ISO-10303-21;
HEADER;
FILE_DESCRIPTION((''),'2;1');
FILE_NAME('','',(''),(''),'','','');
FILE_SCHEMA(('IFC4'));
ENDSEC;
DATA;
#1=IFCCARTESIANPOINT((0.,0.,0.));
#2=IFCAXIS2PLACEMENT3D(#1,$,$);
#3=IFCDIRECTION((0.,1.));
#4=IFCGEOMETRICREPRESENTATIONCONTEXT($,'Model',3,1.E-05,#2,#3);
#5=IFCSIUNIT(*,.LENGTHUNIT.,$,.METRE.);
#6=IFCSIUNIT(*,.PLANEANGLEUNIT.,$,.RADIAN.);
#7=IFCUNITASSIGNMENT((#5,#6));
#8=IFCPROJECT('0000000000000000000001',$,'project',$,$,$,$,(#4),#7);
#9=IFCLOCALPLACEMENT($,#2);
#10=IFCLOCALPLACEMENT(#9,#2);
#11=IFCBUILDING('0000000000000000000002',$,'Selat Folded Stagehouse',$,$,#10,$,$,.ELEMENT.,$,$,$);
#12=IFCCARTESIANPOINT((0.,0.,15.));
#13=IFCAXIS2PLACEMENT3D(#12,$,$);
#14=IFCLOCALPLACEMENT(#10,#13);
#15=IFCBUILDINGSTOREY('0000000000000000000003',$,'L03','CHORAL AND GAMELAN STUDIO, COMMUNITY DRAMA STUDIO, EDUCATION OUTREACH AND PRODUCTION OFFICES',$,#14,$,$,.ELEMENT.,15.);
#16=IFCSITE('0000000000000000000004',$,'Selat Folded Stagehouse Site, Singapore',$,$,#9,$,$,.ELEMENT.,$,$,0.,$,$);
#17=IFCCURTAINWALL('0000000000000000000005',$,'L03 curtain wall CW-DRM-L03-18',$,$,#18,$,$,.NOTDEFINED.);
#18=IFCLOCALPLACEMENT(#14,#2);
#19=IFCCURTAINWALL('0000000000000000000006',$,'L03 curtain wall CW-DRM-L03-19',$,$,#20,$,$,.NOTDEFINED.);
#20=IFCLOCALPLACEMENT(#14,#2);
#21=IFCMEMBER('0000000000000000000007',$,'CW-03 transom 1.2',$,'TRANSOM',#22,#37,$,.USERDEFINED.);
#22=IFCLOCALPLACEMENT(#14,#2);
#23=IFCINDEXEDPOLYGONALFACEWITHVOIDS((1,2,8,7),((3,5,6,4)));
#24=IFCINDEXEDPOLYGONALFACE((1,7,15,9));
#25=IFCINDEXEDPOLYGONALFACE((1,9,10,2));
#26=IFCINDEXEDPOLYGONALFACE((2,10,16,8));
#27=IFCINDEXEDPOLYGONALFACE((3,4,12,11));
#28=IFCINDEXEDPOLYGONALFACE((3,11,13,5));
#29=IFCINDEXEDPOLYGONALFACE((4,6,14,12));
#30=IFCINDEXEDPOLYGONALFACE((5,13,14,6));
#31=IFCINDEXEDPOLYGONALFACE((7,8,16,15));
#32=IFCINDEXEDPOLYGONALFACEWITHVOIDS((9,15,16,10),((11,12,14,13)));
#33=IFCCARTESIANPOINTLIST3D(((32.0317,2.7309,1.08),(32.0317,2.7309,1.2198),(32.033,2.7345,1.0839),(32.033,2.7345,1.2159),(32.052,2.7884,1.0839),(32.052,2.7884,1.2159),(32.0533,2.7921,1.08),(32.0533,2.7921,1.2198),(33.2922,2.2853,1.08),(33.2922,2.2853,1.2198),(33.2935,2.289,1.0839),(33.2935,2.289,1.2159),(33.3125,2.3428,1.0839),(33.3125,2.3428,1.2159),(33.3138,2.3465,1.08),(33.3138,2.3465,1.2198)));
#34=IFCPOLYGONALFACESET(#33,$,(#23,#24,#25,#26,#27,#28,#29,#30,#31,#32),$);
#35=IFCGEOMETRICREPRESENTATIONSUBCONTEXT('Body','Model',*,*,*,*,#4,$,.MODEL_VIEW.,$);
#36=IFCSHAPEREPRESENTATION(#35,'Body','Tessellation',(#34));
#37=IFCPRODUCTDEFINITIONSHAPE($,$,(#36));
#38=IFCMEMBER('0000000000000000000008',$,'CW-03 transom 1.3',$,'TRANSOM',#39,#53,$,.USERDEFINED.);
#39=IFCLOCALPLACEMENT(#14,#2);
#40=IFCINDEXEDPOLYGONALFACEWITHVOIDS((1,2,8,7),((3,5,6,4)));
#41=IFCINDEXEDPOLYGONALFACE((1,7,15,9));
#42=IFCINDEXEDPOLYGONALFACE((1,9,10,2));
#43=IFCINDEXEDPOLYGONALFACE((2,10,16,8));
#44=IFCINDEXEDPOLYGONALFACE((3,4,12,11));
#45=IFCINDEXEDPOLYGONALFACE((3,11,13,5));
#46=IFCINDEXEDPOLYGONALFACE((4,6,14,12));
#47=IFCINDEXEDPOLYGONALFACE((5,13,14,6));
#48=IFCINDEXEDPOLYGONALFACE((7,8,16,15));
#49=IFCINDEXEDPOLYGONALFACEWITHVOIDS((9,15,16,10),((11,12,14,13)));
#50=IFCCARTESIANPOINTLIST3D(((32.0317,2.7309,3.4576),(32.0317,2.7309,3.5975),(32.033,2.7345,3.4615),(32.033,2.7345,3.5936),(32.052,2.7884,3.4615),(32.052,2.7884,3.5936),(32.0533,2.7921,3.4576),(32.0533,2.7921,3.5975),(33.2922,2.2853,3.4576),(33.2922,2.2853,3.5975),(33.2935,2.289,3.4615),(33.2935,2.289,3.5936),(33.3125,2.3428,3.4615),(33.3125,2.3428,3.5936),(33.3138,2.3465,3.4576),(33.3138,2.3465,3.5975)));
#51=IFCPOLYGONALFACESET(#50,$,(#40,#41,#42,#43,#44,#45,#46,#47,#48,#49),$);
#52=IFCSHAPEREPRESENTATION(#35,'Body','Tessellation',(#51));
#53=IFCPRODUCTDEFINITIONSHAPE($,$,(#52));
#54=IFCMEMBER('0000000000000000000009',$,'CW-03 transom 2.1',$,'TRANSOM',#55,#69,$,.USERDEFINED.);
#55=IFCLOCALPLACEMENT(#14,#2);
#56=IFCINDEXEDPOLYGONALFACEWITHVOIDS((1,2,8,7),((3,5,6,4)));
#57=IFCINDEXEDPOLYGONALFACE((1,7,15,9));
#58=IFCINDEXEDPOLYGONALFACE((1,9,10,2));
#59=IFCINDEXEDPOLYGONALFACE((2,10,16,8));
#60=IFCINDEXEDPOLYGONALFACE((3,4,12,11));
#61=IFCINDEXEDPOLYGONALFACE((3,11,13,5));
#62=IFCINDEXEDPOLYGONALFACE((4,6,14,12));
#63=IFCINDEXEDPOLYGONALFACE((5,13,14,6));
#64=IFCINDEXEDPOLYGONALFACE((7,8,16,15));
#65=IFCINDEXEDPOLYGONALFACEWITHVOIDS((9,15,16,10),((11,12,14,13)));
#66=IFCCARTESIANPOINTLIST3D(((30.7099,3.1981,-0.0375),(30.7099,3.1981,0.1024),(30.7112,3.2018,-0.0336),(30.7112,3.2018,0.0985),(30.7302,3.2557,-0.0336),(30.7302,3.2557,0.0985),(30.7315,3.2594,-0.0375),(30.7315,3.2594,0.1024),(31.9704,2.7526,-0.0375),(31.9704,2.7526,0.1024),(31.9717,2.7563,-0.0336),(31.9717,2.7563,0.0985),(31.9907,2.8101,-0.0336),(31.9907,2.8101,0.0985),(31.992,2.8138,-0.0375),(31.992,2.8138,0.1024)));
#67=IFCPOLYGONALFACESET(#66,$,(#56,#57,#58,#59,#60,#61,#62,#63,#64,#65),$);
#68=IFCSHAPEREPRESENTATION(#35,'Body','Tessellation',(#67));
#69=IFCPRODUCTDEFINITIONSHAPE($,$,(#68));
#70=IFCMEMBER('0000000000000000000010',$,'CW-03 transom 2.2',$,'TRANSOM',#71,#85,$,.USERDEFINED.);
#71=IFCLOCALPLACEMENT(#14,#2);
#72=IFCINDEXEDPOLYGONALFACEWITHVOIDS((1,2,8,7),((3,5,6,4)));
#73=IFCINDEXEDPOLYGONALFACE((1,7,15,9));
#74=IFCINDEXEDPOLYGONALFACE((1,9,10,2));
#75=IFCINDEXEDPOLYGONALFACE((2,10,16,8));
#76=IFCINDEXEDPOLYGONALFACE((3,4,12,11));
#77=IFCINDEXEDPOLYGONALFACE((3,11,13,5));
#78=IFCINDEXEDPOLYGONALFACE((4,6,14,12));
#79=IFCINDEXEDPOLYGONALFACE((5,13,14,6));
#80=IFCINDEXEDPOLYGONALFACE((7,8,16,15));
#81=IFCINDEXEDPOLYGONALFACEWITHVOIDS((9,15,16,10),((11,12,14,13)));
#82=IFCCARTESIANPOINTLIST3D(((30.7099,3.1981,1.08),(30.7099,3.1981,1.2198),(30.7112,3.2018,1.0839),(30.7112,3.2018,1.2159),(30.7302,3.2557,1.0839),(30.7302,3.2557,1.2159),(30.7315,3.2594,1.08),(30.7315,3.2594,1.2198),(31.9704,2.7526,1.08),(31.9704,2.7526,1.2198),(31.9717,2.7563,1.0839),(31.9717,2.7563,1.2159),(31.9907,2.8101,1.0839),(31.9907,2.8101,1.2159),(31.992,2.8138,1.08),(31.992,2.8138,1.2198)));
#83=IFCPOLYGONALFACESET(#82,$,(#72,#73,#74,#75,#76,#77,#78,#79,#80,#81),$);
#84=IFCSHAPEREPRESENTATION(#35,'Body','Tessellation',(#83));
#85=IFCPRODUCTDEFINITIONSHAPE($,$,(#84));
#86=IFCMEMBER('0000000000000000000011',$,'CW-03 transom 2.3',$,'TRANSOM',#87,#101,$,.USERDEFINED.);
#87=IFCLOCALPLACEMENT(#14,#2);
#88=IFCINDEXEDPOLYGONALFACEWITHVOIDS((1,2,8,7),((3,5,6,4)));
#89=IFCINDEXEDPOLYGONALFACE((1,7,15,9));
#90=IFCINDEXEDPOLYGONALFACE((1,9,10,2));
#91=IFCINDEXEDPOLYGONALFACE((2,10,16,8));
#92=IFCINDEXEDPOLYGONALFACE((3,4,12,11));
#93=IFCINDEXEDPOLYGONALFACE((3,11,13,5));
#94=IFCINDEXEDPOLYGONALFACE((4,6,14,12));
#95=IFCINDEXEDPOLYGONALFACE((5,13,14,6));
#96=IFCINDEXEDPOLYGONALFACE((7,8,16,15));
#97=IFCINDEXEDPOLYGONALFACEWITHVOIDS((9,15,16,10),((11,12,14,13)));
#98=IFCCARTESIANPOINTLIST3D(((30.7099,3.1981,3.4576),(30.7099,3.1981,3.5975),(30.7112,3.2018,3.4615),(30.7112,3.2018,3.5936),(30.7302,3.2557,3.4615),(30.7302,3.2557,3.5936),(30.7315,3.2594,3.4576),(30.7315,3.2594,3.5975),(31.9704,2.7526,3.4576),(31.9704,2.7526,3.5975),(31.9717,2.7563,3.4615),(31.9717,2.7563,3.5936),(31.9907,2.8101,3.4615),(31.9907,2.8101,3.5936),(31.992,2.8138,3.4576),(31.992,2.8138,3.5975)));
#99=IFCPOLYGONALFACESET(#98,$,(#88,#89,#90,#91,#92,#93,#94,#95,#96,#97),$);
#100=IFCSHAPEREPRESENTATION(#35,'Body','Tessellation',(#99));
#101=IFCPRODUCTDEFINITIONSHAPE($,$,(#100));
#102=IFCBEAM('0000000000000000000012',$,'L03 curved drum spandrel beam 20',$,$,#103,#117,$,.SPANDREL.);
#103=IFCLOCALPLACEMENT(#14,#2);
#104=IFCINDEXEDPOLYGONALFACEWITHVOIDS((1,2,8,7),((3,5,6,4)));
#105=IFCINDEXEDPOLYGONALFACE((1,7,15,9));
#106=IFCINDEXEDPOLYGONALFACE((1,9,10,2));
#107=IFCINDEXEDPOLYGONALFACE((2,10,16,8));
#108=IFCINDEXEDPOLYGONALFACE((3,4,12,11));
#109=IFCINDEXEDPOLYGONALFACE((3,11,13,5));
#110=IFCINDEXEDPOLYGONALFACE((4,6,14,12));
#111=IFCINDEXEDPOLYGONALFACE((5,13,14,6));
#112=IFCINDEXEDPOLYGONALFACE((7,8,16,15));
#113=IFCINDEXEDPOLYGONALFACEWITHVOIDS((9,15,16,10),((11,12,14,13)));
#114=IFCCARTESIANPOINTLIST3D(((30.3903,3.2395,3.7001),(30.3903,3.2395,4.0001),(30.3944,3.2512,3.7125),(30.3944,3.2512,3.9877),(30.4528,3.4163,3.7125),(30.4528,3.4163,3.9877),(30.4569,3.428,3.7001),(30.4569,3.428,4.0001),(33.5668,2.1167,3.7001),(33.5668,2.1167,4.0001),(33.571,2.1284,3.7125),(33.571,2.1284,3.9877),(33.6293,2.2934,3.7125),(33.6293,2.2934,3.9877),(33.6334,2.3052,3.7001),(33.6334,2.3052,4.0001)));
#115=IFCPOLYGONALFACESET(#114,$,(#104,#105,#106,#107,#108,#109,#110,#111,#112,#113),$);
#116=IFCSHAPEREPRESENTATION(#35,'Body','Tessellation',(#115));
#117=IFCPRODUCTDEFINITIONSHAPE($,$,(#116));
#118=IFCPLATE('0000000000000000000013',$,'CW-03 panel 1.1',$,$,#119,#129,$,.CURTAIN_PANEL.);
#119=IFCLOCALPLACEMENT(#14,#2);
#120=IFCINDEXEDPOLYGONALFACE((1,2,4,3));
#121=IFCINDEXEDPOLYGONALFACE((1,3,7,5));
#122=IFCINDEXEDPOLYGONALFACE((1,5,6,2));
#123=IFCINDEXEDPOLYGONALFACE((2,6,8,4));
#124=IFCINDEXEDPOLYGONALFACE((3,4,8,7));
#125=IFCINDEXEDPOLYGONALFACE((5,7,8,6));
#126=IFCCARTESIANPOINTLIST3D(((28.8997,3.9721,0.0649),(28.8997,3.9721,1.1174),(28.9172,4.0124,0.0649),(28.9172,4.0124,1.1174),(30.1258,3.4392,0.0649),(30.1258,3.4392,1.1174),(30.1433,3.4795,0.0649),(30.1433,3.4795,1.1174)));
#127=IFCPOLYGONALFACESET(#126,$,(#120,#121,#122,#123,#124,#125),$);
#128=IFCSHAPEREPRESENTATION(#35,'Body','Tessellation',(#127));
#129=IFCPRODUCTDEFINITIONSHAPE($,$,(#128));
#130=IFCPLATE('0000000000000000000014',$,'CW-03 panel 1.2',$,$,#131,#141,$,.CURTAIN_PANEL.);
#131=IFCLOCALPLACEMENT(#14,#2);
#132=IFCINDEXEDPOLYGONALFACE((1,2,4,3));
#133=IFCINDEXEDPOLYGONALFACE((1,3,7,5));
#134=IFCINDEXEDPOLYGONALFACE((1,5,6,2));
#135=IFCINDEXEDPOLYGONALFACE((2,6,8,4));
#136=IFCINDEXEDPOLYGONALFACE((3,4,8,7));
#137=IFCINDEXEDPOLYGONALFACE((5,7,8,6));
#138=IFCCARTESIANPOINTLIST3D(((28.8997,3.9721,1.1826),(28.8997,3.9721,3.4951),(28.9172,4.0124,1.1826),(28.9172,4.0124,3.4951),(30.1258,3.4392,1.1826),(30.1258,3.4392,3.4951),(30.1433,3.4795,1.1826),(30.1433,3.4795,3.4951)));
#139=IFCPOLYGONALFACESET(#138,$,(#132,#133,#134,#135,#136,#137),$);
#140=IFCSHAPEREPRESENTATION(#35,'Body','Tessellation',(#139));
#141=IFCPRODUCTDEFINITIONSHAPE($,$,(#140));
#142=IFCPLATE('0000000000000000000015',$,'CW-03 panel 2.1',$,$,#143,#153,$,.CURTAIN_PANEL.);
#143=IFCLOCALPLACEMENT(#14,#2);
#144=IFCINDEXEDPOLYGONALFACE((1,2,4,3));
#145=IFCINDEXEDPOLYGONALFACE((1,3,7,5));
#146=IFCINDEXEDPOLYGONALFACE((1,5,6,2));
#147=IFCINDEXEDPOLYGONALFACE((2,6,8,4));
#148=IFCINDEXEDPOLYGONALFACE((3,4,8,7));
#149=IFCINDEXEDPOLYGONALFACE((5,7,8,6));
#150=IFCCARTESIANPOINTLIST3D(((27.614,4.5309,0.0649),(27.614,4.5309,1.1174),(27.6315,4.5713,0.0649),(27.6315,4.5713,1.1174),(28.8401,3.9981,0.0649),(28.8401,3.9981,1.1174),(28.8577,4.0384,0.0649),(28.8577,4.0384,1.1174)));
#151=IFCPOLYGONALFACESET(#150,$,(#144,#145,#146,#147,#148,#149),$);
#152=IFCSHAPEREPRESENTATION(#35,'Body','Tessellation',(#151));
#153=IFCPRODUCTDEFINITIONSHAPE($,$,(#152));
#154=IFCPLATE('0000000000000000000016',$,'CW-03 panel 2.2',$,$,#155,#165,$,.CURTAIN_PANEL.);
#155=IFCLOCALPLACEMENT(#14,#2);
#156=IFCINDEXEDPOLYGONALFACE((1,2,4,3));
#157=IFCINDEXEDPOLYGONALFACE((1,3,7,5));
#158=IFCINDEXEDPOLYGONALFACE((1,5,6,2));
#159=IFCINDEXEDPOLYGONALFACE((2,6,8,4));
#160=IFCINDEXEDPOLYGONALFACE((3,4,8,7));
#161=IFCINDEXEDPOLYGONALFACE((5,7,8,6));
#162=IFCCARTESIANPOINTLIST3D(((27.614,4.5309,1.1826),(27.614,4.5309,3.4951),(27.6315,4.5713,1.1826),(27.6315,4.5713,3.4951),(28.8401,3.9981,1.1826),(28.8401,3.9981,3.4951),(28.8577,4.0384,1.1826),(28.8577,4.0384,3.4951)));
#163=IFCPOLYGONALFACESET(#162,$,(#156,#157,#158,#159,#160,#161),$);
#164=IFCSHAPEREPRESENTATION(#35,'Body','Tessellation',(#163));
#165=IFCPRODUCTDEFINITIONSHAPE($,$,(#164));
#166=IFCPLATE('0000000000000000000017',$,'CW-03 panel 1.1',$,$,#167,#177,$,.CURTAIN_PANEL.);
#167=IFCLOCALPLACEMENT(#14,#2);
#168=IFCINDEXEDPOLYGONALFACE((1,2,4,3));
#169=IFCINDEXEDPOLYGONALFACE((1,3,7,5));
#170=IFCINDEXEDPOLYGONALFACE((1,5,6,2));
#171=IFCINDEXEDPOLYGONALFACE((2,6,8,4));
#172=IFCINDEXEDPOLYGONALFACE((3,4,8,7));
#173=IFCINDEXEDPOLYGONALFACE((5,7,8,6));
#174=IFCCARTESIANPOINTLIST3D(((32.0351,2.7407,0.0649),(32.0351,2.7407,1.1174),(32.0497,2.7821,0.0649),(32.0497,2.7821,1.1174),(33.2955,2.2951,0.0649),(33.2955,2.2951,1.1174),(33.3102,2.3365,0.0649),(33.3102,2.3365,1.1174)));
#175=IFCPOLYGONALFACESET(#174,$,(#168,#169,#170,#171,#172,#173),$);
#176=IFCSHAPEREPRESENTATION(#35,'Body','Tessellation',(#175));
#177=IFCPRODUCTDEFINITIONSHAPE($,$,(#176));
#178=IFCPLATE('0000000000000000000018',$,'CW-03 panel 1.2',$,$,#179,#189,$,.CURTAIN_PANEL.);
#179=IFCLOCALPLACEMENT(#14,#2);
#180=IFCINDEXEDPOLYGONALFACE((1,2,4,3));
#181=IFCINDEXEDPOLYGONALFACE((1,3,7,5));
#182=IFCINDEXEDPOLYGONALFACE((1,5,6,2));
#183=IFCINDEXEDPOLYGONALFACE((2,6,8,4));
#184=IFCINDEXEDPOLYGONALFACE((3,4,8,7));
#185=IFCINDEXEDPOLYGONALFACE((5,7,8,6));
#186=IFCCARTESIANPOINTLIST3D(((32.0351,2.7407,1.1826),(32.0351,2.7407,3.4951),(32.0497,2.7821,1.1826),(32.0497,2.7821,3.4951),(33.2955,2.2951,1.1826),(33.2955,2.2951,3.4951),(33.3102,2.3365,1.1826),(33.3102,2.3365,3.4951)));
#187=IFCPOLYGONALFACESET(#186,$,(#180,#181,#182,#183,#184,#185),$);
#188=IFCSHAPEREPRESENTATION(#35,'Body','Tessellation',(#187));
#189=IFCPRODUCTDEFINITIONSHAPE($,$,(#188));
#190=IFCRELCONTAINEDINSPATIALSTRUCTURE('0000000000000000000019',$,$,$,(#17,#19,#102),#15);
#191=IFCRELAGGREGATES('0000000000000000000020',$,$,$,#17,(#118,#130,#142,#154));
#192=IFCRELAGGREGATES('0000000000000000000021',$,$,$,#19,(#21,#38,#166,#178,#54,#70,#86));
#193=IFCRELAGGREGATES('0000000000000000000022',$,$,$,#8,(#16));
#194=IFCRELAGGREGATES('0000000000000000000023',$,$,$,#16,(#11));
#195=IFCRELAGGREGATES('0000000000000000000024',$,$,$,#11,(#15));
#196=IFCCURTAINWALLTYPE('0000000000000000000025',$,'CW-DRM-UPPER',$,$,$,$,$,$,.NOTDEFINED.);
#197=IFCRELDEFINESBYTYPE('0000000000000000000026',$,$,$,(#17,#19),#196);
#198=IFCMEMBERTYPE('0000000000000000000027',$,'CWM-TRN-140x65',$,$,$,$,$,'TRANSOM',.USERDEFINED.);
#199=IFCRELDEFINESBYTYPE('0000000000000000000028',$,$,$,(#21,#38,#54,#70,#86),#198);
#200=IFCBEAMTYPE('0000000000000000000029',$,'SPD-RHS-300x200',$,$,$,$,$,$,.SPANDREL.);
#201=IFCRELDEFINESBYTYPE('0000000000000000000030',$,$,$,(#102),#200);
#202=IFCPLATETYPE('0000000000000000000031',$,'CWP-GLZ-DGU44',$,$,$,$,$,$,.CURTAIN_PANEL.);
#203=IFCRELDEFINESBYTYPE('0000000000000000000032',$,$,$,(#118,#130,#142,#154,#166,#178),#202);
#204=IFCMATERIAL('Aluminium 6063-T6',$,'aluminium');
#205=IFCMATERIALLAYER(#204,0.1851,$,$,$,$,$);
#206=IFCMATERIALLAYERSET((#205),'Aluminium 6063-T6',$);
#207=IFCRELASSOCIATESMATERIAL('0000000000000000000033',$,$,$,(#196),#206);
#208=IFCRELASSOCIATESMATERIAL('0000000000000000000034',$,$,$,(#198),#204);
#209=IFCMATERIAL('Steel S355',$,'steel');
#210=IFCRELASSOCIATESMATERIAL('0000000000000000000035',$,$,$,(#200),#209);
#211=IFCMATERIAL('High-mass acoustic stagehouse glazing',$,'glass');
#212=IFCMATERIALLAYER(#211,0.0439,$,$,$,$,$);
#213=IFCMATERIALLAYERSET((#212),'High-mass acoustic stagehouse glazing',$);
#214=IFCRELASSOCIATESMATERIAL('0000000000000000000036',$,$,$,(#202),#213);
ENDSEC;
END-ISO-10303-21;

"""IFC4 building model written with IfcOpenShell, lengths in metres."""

from ifc_helpers import new_model, si_unit, direction, frame, origin, origin_2d, place, context, subcontext, project, spatial, rectangle, hollow_rectangle, extrude, material, layer, layer_set, material_profile, profile_set, type_object, element, aggregate, save


model = new_model("IFC4")

# Units and contexts
model_context = context("Model", 3, precision=1e-05, world=origin(), true_north=direction((0.0, 1.0)))
body_context = subcontext(model_context, "Body", "Model", "MODEL_VIEW")
ifc_project = project(units=[si_unit("LENGTHUNIT", "METRE"), si_unit("PLANEANGLEUNIT", "RADIAN")], contexts=[model_context])

# Site, building, storey
site_placement = place(None, origin())
site = spatial("IfcSite", under=ifc_project, at=site_placement, Name="Selat Folded Stagehouse Site, Singapore", CompositionType="ELEMENT", RefElevation=0.0)
building_placement = place(site_placement, origin())
building = spatial("IfcBuilding", under=site, at=building_placement, Name="Selat Folded Stagehouse", CompositionType="ELEMENT")
storey_placement = place(building_placement, frame((0.0, 0.0, 15.0)))
storey = spatial("IfcBuildingStorey", under=building, at=storey_placement, Name="L03", Description="CHORAL AND GAMELAN STUDIO, COMMUNITY DRAMA STUDIO, EDUCATION OUTREACH AND PRODUCTION OFFICES", CompositionType="ELEMENT", Elevation=15.0)

# Shared definitions
ifc_material_1 = material(Name="Steel S355", Category="steel")

# Curtain walls
ifc_material_2 = material(Name="Aluminium 6063-T6", Category="aluminium")
ifc_layer_1 = layer(ifc_material_2, 0.1851)
ifc_layer_set_1 = layer_set([ifc_layer_1], Name="Aluminium 6063-T6")
curtain_wall_type = type_object("IfcCurtainWallType", Name="CW-DRM-UPPER", PredefinedType="NOTDEFINED", material=ifc_layer_set_1)
curtain_wall_1_placement = place(storey_placement, origin())
curtain_wall_1 = element("IfcCurtainWall", 1, at=curtain_wall_1_placement, inside=storey, type_object=curtain_wall_type, Name="L03 curtain wall CW-DRM-L03-18", PredefinedType="NOTDEFINED")
curtain_wall_2_placement = place(storey_placement, origin())
curtain_wall_2 = element("IfcCurtainWall", 2, at=curtain_wall_2_placement, inside=storey, type_object=curtain_wall_type, Name="L03 curtain wall CW-DRM-L03-19", PredefinedType="NOTDEFINED")

# Members
ifc_material_profile_1 = material_profile(ifc_material_2, hollow_rectangle(XDim=0.0649, YDim=0.1399, WallThickness=0.0039, at=origin_2d()), Name="ALU 140x65x4.0")
ifc_profile_set_1 = profile_set([ifc_material_profile_1], Name="Aluminium 6063-T6")
member_type_1 = type_object("IfcMemberType", Name="CWM-TRN-140x65", ElementType="TRANSOM", PredefinedType="USERDEFINED", material=ifc_profile_set_1)
member_1_placement = place(storey_placement, frame((33.303, 2.3159, 1.1499), z_axis=(-0.942832, 0.333269, 0.0), x_axis=(-0.333269, -0.942832, 0.0)))
member_1 = element("IfcMember", 3, at=member_1_placement, type_object=member_type_1, Name="CW-03 transom 1.2", ObjectType="TRANSOM", PredefinedType="USERDEFINED", context=body_context, shape_type="SweptSolid", body=[
    extrude(hollow_rectangle(XDim=0.0649, YDim=0.1399, WallThickness=0.0039, at=origin_2d()), origin(), (0.0, 0.0, 1.0), 1.3369),
])
member_2_placement = place(storey_placement, frame((33.303, 2.3159, 3.5276), z_axis=(-0.942832, 0.333269, 0.0), x_axis=(-0.333269, -0.942832, 0.0)))
member_2 = element("IfcMember", 4, at=member_2_placement, type_object=member_type_1, Name="CW-03 transom 1.3", ObjectType="TRANSOM", PredefinedType="USERDEFINED", context=body_context, shape_type="SweptSolid", body=[
    extrude(hollow_rectangle(XDim=0.0649, YDim=0.1399, WallThickness=0.0039, at=origin_2d()), origin(), (0.0, 0.0, 1.0), 1.3369),
])
member_3_placement = place(storey_placement, frame((31.9812, 2.7832, 0.0325), z_axis=(-0.942832, 0.333269, 0.0), x_axis=(-0.333269, -0.942832, 0.0)))
member_3 = element("IfcMember", 5, at=member_3_placement, type_object=member_type_1, Name="CW-03 transom 2.1", ObjectType="TRANSOM", PredefinedType="USERDEFINED", context=body_context, shape_type="SweptSolid", body=[
    extrude(hollow_rectangle(XDim=0.0649, YDim=0.1399, WallThickness=0.0039, at=origin_2d()), origin(), (0.0, 0.0, 1.0), 1.3369),
])
member_4_placement = place(storey_placement, frame((31.9812, 2.7832, 1.1499), z_axis=(-0.942832, 0.333269, 0.0), x_axis=(-0.333269, -0.942832, 0.0)))
member_4 = element("IfcMember", 6, at=member_4_placement, type_object=member_type_1, Name="CW-03 transom 2.2", ObjectType="TRANSOM", PredefinedType="USERDEFINED", context=body_context, shape_type="SweptSolid", body=[
    extrude(hollow_rectangle(XDim=0.0649, YDim=0.1399, WallThickness=0.0039, at=origin_2d()), origin(), (0.0, 0.0, 1.0), 1.3369),
])
member_5_placement = place(storey_placement, frame((31.9812, 2.7832, 3.5276), z_axis=(-0.942832, 0.333269, 0.0), x_axis=(-0.333269, -0.942832, 0.0)))
member_5 = element("IfcMember", 7, at=member_5_placement, type_object=member_type_1, Name="CW-03 transom 2.3", ObjectType="TRANSOM", PredefinedType="USERDEFINED", context=body_context, shape_type="SweptSolid", body=[
    extrude(hollow_rectangle(XDim=0.0649, YDim=0.1399, WallThickness=0.0039, at=origin_2d()), origin(), (0.0, 0.0, 1.0), 1.3369),
])

# Beam
ifc_material_profile_2 = material_profile(ifc_material_1, hollow_rectangle(XDim=0.2, YDim=0.3, WallThickness=0.0125, at=origin_2d()), Name="RHS 300x200x12.5")
ifc_profile_set_2 = profile_set([ifc_material_profile_2], Name="Steel S355")
beam_type = type_object("IfcBeamType", Name="SPD-RHS-300x200", PredefinedType="SPANDREL", material=ifc_profile_set_2)
beam_placement = place(storey_placement, frame((30.4236, 3.3337, 3.8501), z_axis=(0.942834, -0.333264, 0.0), x_axis=(0.333264, 0.942834, 0.0)))
element("IfcBeam", 8, at=beam_placement, inside=storey, type_object=beam_type, Name="L03 curved drum spandrel beam 20", PredefinedType="SPANDREL", context=body_context, shape_type="SweptSolid", body=[
    extrude(hollow_rectangle(XDim=0.2, YDim=0.3, WallThickness=0.0125, at=origin_2d()), origin(), (0.0, 0.0, 1.0), 3.3691),
])

# Plates
ifc_material_3 = material(Name="High-mass acoustic stagehouse glazing", Category="glass")
ifc_layer_2 = layer(ifc_material_3, 0.0439)
ifc_layer_set_2 = layer_set([ifc_layer_2], Name="High-mass acoustic stagehouse glazing")
plate_type = type_object("IfcPlateType", Name="CWP-GLZ-DGU44", PredefinedType="CURTAIN_PANEL", material=ifc_layer_set_2)
plate_1_placement = place(storey_placement, frame((29.5215, 3.7258, 0.0649), z_axis=(0.0, 0.0, 1.0), x_axis=(-0.917134, 0.39858, 0.0)))
plate_1 = element("IfcPlate", 9, at=plate_1_placement, type_object=plate_type, Name="CW-03 panel 1.1", PredefinedType="CURTAIN_PANEL", context=body_context, shape_type="SweptSolid", body=[
    extrude(rectangle(XDim=1.3369, YDim=0.0439, at=origin_2d()), origin(), (0.0, 0.0, 1.0), 1.0525),
])
plate_2_placement = place(storey_placement, frame((29.5215, 3.7258, 1.1826), z_axis=(0.0, 0.0, 1.0), x_axis=(-0.917134, 0.39858, 0.0)))
plate_2 = element("IfcPlate", 10, at=plate_2_placement, type_object=plate_type, Name="CW-03 panel 1.2", PredefinedType="CURTAIN_PANEL", context=body_context, shape_type="SweptSolid", body=[
    extrude(rectangle(XDim=1.3369, YDim=0.0439, at=origin_2d()), origin(), (0.0, 0.0, 1.0), 2.3125),
])
plate_3_placement = place(storey_placement, frame((28.2358, 4.2847, 0.0649), z_axis=(0.0, 0.0, 1.0), x_axis=(-0.917134, 0.39858, 0.0)))
plate_3 = element("IfcPlate", 11, at=plate_3_placement, type_object=plate_type, Name="CW-03 panel 2.1", PredefinedType="CURTAIN_PANEL", context=body_context, shape_type="SweptSolid", body=[
    extrude(rectangle(XDim=1.3369, YDim=0.0439, at=origin_2d()), origin(), (0.0, 0.0, 1.0), 1.0525),
])
plate_4_placement = place(storey_placement, frame((28.2358, 4.2847, 1.1826), z_axis=(0.0, 0.0, 1.0), x_axis=(-0.917134, 0.39858, 0.0)))
plate_4 = element("IfcPlate", 12, at=plate_4_placement, type_object=plate_type, Name="CW-03 panel 2.2", PredefinedType="CURTAIN_PANEL", context=body_context, shape_type="SweptSolid", body=[
    extrude(rectangle(XDim=1.3369, YDim=0.0439, at=origin_2d()), origin(), (0.0, 0.0, 1.0), 2.3125),
])
aggregate(curtain_wall_1, [plate_1, plate_2, plate_3, plate_4])
plate_5_placement = place(storey_placement, frame((32.6726, 2.5386, 0.0649), z_axis=(0.0, 0.0, 1.0), x_axis=(-0.942816, 0.333314, 0.0)))
plate_5 = element("IfcPlate", 13, at=plate_5_placement, type_object=plate_type, Name="CW-03 panel 1.1", PredefinedType="CURTAIN_PANEL", context=body_context, shape_type="SweptSolid", body=[
    extrude(rectangle(XDim=1.3369, YDim=0.0439, at=origin_2d()), origin(), (0.0, 0.0, 1.0), 1.0525),
])
plate_6_placement = place(storey_placement, frame((32.6726, 2.5386, 1.1826), z_axis=(0.0, 0.0, 1.0), x_axis=(-0.942816, 0.333314, 0.0)))
plate_6 = element("IfcPlate", 14, at=plate_6_placement, type_object=plate_type, Name="CW-03 panel 1.2", PredefinedType="CURTAIN_PANEL", context=body_context, shape_type="SweptSolid", body=[
    extrude(rectangle(XDim=1.3369, YDim=0.0439, at=origin_2d()), origin(), (0.0, 0.0, 1.0), 2.3125),
])
aggregate(curtain_wall_2, [member_1, member_2, plate_5, plate_6, member_3, member_4, member_5])

save(model, "model.ifc")
